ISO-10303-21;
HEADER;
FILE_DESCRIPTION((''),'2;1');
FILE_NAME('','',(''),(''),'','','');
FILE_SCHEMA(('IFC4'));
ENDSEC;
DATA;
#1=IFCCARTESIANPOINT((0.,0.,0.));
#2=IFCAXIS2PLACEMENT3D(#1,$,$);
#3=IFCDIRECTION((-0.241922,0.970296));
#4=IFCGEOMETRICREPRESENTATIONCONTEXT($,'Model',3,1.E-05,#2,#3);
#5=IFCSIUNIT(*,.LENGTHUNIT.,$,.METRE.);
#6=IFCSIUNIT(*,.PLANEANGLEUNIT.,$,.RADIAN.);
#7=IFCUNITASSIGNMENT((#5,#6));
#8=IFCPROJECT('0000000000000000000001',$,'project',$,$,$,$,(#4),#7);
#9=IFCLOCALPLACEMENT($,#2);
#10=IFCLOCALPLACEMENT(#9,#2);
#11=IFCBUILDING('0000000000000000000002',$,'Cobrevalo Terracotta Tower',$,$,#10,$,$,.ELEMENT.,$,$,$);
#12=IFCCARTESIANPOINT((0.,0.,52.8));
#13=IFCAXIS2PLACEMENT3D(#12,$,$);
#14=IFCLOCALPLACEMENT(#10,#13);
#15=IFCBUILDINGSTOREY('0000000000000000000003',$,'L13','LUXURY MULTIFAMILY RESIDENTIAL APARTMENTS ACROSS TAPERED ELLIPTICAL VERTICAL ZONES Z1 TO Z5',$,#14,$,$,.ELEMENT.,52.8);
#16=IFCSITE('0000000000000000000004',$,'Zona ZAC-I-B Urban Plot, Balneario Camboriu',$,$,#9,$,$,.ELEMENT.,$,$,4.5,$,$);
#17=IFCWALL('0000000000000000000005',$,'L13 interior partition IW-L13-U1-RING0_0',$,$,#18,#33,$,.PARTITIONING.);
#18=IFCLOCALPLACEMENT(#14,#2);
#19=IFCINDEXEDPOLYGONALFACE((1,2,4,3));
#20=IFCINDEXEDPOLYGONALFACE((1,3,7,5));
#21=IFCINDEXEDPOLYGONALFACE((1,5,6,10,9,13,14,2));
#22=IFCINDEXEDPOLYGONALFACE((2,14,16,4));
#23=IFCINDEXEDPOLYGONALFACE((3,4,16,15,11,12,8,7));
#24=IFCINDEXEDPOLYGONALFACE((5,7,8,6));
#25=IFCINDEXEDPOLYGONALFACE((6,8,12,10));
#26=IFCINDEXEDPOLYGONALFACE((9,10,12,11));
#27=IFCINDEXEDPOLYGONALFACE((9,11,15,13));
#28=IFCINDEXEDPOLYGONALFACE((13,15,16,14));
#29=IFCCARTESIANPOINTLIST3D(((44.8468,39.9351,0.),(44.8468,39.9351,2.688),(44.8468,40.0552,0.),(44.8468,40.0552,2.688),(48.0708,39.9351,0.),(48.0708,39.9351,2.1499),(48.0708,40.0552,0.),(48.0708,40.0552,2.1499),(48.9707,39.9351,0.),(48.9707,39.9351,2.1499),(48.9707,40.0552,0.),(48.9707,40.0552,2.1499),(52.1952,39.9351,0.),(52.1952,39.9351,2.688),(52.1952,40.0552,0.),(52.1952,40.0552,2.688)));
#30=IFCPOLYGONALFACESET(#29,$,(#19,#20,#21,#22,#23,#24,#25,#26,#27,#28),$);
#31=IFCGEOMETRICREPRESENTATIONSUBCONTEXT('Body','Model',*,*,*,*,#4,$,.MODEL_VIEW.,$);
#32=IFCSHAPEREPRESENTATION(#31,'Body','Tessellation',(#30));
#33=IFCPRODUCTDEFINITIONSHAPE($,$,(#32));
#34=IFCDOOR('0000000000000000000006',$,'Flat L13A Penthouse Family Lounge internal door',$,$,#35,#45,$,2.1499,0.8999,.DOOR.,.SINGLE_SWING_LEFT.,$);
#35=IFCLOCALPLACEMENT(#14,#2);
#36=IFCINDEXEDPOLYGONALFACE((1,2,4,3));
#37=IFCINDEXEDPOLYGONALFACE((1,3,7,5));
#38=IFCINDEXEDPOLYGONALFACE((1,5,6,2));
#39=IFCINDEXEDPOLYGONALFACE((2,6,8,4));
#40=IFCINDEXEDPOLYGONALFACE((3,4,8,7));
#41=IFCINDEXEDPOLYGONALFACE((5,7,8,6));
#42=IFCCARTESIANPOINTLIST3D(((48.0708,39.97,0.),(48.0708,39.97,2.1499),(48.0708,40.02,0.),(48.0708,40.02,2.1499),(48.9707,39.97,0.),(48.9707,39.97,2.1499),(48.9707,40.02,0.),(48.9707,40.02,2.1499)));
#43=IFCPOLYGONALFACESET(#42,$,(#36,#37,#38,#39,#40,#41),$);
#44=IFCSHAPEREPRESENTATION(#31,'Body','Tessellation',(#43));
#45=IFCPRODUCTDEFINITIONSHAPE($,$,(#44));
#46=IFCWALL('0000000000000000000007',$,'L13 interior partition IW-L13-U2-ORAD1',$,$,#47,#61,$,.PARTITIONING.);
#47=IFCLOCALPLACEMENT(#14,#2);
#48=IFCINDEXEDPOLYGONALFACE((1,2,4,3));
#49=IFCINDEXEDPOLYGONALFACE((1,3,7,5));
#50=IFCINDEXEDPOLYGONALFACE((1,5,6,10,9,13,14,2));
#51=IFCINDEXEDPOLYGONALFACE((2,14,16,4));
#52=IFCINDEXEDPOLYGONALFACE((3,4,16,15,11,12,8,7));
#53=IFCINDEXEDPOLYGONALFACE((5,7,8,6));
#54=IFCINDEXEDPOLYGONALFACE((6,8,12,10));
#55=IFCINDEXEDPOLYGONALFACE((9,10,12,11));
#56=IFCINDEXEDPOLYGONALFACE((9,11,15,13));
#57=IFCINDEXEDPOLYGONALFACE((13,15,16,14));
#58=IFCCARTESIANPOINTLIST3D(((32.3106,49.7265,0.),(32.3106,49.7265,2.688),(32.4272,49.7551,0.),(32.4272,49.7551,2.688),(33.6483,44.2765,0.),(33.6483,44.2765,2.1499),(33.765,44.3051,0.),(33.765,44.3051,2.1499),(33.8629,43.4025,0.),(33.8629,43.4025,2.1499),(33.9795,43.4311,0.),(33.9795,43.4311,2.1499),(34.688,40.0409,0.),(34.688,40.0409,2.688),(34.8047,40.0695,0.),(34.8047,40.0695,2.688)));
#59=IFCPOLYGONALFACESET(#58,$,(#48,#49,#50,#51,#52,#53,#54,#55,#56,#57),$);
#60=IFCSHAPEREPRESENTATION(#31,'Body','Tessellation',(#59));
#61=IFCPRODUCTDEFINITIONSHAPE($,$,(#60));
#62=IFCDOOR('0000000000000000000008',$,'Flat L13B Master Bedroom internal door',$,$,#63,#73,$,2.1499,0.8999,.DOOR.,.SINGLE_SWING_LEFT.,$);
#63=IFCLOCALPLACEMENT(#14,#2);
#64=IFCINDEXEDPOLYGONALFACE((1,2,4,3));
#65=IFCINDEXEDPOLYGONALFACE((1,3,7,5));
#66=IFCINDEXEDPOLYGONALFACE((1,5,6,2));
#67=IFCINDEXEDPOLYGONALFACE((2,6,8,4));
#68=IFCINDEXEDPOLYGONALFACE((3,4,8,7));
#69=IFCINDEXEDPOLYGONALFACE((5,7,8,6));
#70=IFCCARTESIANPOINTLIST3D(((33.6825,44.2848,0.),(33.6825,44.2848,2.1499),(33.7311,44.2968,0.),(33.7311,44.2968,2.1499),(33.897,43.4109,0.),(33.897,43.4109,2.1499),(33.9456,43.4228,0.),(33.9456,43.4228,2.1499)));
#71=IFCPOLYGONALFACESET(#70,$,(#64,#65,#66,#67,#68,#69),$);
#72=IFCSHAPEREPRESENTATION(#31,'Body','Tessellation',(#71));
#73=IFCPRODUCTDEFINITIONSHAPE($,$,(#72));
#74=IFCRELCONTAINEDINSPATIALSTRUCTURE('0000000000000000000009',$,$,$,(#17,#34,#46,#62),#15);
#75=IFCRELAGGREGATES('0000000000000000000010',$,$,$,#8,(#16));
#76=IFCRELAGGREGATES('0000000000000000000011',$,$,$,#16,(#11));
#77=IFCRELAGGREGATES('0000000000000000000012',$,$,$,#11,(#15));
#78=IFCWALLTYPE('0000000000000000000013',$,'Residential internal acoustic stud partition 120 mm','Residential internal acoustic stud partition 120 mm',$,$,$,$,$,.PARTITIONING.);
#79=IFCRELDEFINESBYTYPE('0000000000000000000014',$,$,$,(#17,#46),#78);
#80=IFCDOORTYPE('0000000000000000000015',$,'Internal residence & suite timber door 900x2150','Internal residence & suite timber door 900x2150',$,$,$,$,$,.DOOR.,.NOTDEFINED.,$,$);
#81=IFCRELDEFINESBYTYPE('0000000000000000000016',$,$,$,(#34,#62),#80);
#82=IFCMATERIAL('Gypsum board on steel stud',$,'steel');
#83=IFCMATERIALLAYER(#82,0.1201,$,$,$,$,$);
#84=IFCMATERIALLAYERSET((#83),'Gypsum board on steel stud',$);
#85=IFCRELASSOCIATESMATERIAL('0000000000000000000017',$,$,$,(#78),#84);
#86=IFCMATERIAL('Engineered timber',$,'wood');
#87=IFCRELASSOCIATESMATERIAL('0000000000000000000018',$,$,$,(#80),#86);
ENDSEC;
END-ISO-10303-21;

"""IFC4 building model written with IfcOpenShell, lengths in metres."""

from ifc_helpers import new_model, si_unit, direction, frame, frame_2d, origin, place, context, subcontext, project, spatial, rectangle, extrude, source, transform, mapped, material, layer, layer_set, type_object, element, fill, save


model = new_model("IFC4")

# Units and contexts
model_context = context("Model", 3, precision=1e-05, world=origin(), true_north=direction((-0.241922, 0.970296)))
body_context = subcontext(model_context, "Body", "Model", "MODEL_VIEW")
ifc_project = project(units=[si_unit("LENGTHUNIT", "METRE"), si_unit("PLANEANGLEUNIT", "RADIAN")], contexts=[model_context])

# Site, building, storey
site_placement = place(None, origin())
site = spatial("IfcSite", under=ifc_project, at=site_placement, Name="Zona ZAC-I-B Urban Plot, Balneario Camboriu", CompositionType="ELEMENT", RefElevation=4.5)
building_placement = place(site_placement, origin())
building = spatial("IfcBuilding", under=site, at=building_placement, Name="Cobrevalo Terracotta Tower", CompositionType="ELEMENT")
storey_placement = place(building_placement, frame((0.0, 0.0, 52.8)))
storey = spatial("IfcBuildingStorey", under=building, at=storey_placement, Name="L13", Description="LUXURY MULTIFAMILY RESIDENTIAL APARTMENTS ACROSS TAPERED ELLIPTICAL VERTICAL ZONES Z1 TO Z5", CompositionType="ELEMENT", Elevation=52.8)

# Shared definitions
ifc_material_1 = material(Name="Gypsum board on steel stud", Category="steel")

# Walls, openings, doors
ifc_layer_1 = layer(ifc_material_1, 0.1201)
ifc_layer_set_1 = layer_set([ifc_layer_1], Name="Gypsum board on steel stud")
wall_type_1 = type_object("IfcWallType", Name="Residential internal acoustic stud partition 120 mm", Description="Residential internal acoustic stud partition 120 mm", PredefinedType="PARTITIONING", material=ifc_layer_set_1)
wall_1_placement = place(storey_placement, frame((44.8467, 39.9951, 0.0), z_axis=(0.0, 0.0, 1.0), x_axis=(1.0, 0.0, 0.0)))
wall_1 = element("IfcWall", 1, at=wall_1_placement, inside=storey, type_object=wall_type_1, Name="L13 interior partition IW-L13-U1-RING0_0", PredefinedType="PARTITIONING", context=body_context, shape_type="SweptSolid", body=[
    extrude(rectangle(XDim=7.3484, YDim=0.1201, at=frame_2d((3.6743, 0.0))), origin(), (0.0, 0.0, 1.0), 2.688),
])
opening_1_placement = place(wall_1_placement, frame((3.2241, 0.0, 0.0)))
opening_1 = element("IfcOpeningElement", 2, at=opening_1_placement, cuts=wall_1, PredefinedType="OPENING", context=body_context, shape_type="SweptSolid", body=[
    extrude(rectangle(XDim=0.8999, YDim=2.1499, at=frame_2d((0.45, 1.075))), frame((0.0, 0.0701, 0.0), z_axis=(0.0, -1.0, 0.0), x_axis=(1.0, 0.0, 0.0)), (0.0, 0.0, 1.0), 0.1401),
])
ifc_material_2 = material(Name="Engineered timber", Category="wood")
door_type_1 = type_object("IfcDoorType", Name="Internal residence & suite timber door 900x2150", Description="Internal residence & suite timber door 900x2150", OperationType="NOTDEFINED", PredefinedType="DOOR", material=ifc_material_2)
shared_shape_1 = source(origin(), body_context, "Body", "SweptSolid", [
    extrude(rectangle(XDim=0.8999, YDim=2.1499, at=frame_2d((0.45, 1.075))), frame((0.0, 0.0249, 0.0), z_axis=(0.0, -1.0, 0.0), x_axis=(1.0, 0.0, 0.0)), (0.0, 0.0, 1.0), 0.05),
])
door_1_placement = place(opening_1_placement, origin())
door_1 = element("IfcDoor", 3, at=door_1_placement, inside=storey, type_object=door_type_1, Name="Flat L13A Penthouse Family Lounge internal door", OperationType="SINGLE_SWING_LEFT", OverallHeight=2.1499, OverallWidth=0.8999, PredefinedType="DOOR", context=body_context, shape_type="MappedRepresentation", body=[
    mapped(shared_shape_1, transform((0.0, 0.0, 0.0), scale=1.0)),
])
fill(opening_1, door_1)
wall_2_placement = place(storey_placement, frame((34.7463, 40.0552, 0.0), z_axis=(0.0, 0.0, 1.0), x_axis=(-0.238386, 0.97117, 0.0)))
wall_2 = element("IfcWall", 4, at=wall_2_placement, inside=storey, type_object=wall_type_1, Name="L13 interior partition IW-L13-U2-ORAD1", PredefinedType="PARTITIONING", context=body_context, shape_type="SweptSolid", body=[
    extrude(rectangle(XDim=9.9731, YDim=0.1201, at=frame_2d((4.9866, 0.0))), origin(), (0.0, 0.0, 1.0), 2.688),
])
opening_2_placement = place(wall_2_placement, frame((3.4614, 0.0, 0.0)))
opening_2 = element("IfcOpeningElement", 5, at=opening_2_placement, cuts=wall_2, PredefinedType="OPENING", context=body_context, shape_type="SweptSolid", body=[
    extrude(rectangle(XDim=0.8999, YDim=2.1499, at=frame_2d((0.45, 1.075))), frame((0.0, 0.0701, 0.0), z_axis=(0.0, -1.0, 0.0), x_axis=(1.0, 0.0, 0.0)), (0.0, 0.0, 1.0), 0.1401),
])
door_2_placement = place(opening_2_placement, origin())
door_2 = element("IfcDoor", 6, at=door_2_placement, inside=storey, type_object=door_type_1, Name="Flat L13B Master Bedroom internal door", OperationType="SINGLE_SWING_LEFT", OverallHeight=2.1499, OverallWidth=0.8999, PredefinedType="DOOR", context=body_context, shape_type="MappedRepresentation", body=[
    mapped(shared_shape_1, transform((0.0, 0.0, 0.0), scale=1.0)),
])
fill(opening_2, door_2)

save(model, "model.ifc")
